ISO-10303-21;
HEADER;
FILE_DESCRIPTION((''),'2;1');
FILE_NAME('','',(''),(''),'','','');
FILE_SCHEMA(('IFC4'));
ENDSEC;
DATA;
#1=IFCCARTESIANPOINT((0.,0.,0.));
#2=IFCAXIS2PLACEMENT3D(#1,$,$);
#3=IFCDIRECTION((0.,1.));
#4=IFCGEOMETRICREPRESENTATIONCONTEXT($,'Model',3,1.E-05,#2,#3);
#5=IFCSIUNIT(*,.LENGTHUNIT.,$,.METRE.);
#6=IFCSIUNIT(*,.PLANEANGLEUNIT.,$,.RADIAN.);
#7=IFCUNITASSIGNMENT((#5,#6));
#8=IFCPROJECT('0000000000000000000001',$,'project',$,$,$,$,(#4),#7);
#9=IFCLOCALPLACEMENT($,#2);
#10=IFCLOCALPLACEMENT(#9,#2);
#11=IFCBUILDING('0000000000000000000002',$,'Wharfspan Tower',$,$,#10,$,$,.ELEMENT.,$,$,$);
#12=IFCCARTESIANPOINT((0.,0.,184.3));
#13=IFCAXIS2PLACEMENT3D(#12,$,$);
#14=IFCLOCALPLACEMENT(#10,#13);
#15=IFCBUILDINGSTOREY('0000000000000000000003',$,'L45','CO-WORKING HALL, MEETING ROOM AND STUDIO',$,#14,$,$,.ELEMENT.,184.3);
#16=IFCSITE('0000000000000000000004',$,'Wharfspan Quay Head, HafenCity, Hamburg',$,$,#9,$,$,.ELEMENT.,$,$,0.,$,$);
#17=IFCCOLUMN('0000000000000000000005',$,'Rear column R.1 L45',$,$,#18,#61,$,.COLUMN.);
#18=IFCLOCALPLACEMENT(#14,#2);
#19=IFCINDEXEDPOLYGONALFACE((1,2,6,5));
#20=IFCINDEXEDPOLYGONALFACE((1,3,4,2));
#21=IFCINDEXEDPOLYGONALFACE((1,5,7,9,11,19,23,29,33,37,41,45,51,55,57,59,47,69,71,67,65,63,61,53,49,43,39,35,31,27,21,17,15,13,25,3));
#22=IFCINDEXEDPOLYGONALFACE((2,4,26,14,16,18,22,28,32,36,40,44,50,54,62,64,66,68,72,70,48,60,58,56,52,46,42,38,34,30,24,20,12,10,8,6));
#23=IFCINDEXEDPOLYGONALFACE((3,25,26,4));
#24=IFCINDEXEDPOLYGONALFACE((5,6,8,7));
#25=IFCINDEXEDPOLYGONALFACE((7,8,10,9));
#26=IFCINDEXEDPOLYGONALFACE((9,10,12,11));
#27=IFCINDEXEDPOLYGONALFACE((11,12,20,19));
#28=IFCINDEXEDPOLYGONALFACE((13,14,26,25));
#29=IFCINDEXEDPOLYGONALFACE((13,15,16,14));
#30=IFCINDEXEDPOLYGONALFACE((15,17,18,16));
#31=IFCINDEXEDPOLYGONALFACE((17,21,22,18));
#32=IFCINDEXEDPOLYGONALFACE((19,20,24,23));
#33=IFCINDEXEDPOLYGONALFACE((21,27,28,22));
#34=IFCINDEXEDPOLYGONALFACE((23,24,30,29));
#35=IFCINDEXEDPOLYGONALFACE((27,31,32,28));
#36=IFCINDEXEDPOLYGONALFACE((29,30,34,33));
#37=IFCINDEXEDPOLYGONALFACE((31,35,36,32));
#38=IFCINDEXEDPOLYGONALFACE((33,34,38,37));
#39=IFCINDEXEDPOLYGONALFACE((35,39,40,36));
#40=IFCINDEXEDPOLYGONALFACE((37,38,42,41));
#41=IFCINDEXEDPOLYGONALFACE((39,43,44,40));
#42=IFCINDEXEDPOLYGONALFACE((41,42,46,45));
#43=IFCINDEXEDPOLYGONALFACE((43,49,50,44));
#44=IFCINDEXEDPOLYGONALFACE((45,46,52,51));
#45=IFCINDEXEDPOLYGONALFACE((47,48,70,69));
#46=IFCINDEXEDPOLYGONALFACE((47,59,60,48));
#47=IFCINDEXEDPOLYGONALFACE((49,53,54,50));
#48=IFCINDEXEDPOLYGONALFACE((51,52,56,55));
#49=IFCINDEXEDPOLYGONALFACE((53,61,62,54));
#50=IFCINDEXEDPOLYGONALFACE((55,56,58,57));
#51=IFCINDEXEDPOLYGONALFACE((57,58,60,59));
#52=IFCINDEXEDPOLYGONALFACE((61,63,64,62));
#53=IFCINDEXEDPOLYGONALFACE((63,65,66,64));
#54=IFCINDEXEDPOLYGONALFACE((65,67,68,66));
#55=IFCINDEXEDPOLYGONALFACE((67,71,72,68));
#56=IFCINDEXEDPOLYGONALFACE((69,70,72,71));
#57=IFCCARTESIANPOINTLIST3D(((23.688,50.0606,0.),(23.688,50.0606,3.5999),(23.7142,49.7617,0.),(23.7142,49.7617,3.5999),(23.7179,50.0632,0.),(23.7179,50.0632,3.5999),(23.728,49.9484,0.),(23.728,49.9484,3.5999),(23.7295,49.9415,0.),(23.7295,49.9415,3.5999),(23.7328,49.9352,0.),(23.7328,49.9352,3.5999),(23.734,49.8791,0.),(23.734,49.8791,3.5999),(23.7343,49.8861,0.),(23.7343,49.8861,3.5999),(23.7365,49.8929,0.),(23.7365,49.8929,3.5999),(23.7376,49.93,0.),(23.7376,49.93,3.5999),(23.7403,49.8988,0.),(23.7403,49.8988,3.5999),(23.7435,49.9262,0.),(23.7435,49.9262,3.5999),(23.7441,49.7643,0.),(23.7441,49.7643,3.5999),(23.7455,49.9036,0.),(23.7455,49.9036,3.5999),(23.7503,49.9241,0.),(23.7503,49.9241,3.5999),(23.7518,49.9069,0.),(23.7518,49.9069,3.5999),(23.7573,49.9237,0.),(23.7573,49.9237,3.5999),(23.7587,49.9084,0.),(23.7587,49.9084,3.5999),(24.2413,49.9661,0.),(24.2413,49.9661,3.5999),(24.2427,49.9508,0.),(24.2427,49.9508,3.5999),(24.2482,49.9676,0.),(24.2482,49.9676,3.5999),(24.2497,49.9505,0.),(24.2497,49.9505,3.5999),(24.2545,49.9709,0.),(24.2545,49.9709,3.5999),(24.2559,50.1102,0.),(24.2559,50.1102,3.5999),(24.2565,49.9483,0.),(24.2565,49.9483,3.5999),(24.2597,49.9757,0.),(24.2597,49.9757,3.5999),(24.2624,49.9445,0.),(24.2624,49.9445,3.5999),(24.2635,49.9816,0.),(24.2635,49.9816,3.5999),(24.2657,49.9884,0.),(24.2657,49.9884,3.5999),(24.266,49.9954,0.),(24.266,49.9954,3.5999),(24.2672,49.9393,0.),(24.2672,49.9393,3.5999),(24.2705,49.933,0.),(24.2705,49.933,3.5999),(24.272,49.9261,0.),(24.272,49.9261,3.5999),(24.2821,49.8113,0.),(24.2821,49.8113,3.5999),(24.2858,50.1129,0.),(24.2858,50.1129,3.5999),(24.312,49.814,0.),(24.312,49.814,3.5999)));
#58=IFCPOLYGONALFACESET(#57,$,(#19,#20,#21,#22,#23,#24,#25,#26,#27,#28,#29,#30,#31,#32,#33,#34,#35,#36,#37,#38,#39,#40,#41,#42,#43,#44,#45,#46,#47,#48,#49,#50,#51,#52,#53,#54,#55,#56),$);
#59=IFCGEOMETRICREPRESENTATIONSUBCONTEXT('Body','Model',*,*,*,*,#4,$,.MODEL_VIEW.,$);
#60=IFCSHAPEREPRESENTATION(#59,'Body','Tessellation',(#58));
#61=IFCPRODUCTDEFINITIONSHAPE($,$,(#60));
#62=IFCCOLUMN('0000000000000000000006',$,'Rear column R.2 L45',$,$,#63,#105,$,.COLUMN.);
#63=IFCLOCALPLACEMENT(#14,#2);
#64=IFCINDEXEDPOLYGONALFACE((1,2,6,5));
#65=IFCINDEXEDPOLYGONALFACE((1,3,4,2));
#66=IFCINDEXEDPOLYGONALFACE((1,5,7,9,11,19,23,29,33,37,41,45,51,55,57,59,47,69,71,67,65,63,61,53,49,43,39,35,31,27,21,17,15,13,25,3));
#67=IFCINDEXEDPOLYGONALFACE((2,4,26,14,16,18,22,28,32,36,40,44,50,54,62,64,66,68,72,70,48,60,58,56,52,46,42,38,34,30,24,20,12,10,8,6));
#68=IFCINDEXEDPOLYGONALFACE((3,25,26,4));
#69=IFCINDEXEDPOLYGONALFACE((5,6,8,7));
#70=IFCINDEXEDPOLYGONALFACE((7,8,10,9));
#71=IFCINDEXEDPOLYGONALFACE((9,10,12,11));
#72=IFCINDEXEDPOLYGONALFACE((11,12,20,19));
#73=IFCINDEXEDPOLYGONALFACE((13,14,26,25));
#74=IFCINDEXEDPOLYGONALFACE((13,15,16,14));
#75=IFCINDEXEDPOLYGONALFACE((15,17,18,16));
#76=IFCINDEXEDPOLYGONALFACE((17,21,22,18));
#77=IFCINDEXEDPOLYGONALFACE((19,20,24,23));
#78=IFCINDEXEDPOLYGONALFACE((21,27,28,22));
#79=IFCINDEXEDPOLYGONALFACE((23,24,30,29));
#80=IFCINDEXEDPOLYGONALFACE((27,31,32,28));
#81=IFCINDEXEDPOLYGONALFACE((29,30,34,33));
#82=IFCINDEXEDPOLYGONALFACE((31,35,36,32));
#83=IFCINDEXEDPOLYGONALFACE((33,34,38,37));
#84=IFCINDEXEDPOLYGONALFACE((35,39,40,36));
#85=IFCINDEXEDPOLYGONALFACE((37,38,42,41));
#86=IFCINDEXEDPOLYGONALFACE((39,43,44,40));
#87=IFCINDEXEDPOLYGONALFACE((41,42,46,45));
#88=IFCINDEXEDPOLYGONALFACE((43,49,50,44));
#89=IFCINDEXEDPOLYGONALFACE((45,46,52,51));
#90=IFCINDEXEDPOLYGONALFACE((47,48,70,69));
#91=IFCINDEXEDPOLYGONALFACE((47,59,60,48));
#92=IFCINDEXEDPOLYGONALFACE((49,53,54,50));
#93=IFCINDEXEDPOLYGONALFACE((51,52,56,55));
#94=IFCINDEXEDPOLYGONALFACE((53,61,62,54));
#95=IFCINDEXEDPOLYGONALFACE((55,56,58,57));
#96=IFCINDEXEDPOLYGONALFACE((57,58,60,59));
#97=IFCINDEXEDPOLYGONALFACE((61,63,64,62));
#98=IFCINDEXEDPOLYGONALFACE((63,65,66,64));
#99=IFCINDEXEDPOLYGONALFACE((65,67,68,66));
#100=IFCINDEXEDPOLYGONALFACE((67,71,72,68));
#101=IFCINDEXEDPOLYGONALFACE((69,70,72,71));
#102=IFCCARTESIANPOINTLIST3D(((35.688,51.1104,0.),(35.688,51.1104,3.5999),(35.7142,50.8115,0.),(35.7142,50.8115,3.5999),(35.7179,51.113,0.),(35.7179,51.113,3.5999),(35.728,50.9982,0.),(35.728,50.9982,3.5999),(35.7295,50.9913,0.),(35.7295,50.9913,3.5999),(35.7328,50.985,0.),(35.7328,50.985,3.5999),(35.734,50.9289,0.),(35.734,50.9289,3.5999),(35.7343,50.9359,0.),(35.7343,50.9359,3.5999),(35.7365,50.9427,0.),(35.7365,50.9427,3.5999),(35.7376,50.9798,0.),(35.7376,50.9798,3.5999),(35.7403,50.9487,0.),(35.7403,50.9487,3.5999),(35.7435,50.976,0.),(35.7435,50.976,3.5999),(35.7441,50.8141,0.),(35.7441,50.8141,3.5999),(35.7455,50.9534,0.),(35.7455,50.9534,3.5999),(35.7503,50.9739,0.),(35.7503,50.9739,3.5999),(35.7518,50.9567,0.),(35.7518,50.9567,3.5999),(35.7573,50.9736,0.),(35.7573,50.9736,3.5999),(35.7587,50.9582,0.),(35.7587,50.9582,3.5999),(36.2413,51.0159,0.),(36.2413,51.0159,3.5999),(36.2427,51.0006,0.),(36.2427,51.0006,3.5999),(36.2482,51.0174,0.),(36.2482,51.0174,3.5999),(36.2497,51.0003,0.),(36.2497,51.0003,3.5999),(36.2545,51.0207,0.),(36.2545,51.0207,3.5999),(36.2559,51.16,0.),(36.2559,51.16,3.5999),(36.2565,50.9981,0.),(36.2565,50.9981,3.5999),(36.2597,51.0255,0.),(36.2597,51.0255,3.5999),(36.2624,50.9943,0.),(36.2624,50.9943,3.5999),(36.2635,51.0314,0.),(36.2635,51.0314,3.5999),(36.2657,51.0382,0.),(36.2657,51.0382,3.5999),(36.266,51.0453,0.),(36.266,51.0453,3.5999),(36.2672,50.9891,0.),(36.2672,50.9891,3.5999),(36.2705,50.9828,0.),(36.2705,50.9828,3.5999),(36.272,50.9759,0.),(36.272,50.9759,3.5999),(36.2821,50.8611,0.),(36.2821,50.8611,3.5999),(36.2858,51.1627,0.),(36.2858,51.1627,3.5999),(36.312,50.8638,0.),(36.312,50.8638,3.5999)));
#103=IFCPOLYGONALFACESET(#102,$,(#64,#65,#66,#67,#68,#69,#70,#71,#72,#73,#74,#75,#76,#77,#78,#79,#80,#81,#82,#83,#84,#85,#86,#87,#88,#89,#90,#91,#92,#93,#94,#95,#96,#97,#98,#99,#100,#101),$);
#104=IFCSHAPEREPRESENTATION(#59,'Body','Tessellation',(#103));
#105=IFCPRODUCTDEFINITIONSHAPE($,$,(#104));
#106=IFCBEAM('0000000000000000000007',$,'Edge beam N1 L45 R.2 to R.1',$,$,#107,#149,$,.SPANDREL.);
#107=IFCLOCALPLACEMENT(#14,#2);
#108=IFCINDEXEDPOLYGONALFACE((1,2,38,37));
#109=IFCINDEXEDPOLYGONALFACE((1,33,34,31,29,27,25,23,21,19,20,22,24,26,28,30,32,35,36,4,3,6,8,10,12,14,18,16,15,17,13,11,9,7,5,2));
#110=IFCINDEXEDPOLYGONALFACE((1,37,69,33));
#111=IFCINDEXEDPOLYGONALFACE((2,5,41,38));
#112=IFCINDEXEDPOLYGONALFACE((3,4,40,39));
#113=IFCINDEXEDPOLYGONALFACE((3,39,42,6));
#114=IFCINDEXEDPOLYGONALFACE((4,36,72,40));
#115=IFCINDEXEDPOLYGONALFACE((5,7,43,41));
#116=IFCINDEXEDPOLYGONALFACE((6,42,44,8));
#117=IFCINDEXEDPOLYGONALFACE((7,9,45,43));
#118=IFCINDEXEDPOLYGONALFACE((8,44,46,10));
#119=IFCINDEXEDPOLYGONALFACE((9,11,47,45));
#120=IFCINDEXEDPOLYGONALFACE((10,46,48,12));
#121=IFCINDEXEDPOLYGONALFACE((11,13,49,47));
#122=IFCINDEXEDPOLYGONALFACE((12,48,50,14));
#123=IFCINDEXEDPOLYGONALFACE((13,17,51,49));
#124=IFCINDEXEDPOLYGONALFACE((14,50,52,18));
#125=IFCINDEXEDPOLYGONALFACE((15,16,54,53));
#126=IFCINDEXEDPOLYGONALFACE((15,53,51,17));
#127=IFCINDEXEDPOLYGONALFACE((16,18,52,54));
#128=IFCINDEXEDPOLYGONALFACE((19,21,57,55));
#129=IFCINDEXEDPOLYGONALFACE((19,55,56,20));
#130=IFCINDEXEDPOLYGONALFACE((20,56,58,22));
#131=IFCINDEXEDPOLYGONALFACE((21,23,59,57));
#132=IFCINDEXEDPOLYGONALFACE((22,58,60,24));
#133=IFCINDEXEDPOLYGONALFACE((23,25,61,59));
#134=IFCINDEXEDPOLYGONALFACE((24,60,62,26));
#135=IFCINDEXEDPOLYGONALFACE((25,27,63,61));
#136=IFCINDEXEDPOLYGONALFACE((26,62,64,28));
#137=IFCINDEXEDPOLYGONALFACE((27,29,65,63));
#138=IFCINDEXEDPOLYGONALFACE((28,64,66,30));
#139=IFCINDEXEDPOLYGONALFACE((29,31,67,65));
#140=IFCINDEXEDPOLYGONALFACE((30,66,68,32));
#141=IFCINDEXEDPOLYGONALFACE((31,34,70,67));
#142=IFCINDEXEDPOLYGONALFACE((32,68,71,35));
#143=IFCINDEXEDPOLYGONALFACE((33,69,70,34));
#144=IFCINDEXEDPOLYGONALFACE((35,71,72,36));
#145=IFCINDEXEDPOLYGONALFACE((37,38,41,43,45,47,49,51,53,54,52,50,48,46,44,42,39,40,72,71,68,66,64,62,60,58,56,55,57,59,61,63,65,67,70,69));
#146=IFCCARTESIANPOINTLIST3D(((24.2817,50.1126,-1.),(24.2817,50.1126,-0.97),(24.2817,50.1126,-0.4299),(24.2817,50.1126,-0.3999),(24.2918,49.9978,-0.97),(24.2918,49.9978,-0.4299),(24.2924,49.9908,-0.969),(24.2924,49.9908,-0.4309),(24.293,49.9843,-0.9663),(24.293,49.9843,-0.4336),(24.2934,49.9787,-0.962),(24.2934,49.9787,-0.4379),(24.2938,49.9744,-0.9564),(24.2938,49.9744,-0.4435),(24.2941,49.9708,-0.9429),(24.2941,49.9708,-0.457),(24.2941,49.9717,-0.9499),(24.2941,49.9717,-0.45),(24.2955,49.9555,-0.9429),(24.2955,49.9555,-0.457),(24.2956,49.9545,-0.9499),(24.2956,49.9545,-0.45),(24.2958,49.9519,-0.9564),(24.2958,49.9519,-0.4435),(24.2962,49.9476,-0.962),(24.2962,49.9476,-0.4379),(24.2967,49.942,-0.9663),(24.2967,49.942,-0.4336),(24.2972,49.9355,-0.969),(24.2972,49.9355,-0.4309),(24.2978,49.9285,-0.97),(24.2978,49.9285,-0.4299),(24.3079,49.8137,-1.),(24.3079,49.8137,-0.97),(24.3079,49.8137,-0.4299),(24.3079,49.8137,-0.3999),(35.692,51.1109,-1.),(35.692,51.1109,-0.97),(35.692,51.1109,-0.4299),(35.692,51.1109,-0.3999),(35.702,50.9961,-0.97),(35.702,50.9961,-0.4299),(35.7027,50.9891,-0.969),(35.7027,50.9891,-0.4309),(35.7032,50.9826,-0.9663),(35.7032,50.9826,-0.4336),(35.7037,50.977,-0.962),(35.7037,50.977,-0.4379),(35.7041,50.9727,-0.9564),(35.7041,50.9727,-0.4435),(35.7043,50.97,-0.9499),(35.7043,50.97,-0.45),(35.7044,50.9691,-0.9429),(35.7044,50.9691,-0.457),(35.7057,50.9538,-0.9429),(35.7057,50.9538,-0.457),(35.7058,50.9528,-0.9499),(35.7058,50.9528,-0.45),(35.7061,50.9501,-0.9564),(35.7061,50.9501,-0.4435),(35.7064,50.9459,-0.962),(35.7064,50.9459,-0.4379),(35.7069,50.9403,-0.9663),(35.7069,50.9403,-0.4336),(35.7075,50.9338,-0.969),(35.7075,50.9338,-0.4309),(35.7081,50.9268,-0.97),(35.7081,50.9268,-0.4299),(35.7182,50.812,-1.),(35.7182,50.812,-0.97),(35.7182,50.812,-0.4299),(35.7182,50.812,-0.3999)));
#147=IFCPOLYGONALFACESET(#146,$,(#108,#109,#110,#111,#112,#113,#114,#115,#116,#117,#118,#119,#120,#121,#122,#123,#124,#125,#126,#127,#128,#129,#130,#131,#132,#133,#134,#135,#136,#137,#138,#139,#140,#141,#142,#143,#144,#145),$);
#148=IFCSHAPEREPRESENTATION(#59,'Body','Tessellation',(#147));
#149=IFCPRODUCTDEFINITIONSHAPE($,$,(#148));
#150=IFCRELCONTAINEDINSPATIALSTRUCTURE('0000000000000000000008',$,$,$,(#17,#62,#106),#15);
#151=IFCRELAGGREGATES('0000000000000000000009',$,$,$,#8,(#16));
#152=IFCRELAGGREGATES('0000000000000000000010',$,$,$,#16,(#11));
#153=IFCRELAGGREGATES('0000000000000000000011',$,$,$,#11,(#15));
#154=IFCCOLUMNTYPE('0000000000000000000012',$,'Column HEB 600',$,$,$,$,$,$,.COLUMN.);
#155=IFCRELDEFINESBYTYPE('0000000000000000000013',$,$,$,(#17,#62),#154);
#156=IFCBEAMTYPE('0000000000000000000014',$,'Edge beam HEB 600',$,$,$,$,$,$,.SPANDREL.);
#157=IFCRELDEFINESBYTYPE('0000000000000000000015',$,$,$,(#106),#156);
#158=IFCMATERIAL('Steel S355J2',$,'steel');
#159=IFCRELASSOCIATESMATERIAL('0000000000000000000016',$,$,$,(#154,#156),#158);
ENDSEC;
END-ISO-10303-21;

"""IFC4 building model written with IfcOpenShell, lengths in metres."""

from ifc_helpers import new_model, si_unit, direction, frame, origin, origin_2d, place, context, subcontext, project, spatial, i_section, extrude, material, material_profile, profile_set, type_object, element, save


model = new_model("IFC4")

# Units and contexts
model_context = context("Model", 3, precision=1e-05, world=origin(), true_north=direction((0.0, 1.0)))
body_context = subcontext(model_context, "Body", "Model", "MODEL_VIEW")
ifc_project = project(units=[si_unit("LENGTHUNIT", "METRE"), si_unit("PLANEANGLEUNIT", "RADIAN")], contexts=[model_context])

# Site, building, storey
site_placement = place(None, origin())
site = spatial("IfcSite", under=ifc_project, at=site_placement, Name="Wharfspan Quay Head, HafenCity, Hamburg", CompositionType="ELEMENT", RefElevation=0.0)
building_placement = place(site_placement, origin())
building = spatial("IfcBuilding", under=site, at=building_placement, Name="Wharfspan Tower", CompositionType="ELEMENT")
storey_placement = place(building_placement, frame((0.0, 0.0, 184.3)))
storey = spatial("IfcBuildingStorey", under=building, at=storey_placement, Name="L45", Description="CO-WORKING HALL, MEETING ROOM AND STUDIO", CompositionType="ELEMENT", Elevation=184.3)

# Columns
ifc_material_1 = material(Name="Steel S355J2", Category="steel")
ifc_material_profile_1 = material_profile(ifc_material_1, i_section(OverallWidth=0.3, OverallDepth=0.6001, WebThickness=0.0154, FlangeThickness=0.03, FilletRadius=0.0271, at=origin_2d()))
ifc_profile_set_1 = profile_set([ifc_material_profile_1], Name="Steel S355J2")
column_type = type_object("IfcColumnType", Name="Column HEB 600", PredefinedType="COLUMN", material=ifc_profile_set_1)
for number, where, z_axis, x_axis, name in (
    (1, (24.0, 49.9373, 0.0), (0.0, 0.0, 1.0), (-0.087156, 0.996198, 0.0), "Rear column R.1 L45"),
    (2, (36.0, 50.9871, 0.0), (0.0, 0.0, 1.0), (-0.087156, 0.996198, 0.0), "Rear column R.2 L45"),
):
    element("IfcColumn", number, at=place(storey_placement, frame(where, z_axis=z_axis, x_axis=x_axis)), inside=storey, type_object=column_type, Name=name, PredefinedType="COLUMN", context=body_context, shape_type="SweptSolid", body=[
        extrude(i_section(OverallWidth=0.3, OverallDepth=0.6001, WebThickness=0.0154, FlangeThickness=0.03, FilletRadius=0.0271, at=origin_2d()), origin(), (0.0, 0.0, 1.0), 3.5999),
    ])

# Beam
ifc_material_profile_2 = material_profile(ifc_material_1, i_section(OverallWidth=0.3, OverallDepth=0.6001, WebThickness=0.0154, FlangeThickness=0.03, FilletRadius=0.0271, at=origin_2d()))
ifc_profile_set_2 = profile_set([ifc_material_profile_2], Name="Steel S355J2")
beam_type = type_object("IfcBeamType", Name="Edge beam HEB 600", PredefinedType="SPANDREL", material=ifc_profile_set_2)
beam_placement = place(storey_placement, frame((35.7051, 50.9614, -0.7), z_axis=(-0.996194, -0.087158, 0.0), x_axis=(0.087158, -0.996194, 0.0)))
element("IfcBeam", 3, at=beam_placement, inside=storey, type_object=beam_type, Name="Edge beam N1 L45 R.2 to R.1", PredefinedType="SPANDREL", context=body_context, shape_type="SweptSolid", body=[
    extrude(i_section(OverallWidth=0.3, OverallDepth=0.6001, WebThickness=0.0154, FlangeThickness=0.03, FilletRadius=0.0271, at=origin_2d()), origin(), (0.0, 0.0, 1.0), 11.4539),
])

save(model, "model.ifc")
